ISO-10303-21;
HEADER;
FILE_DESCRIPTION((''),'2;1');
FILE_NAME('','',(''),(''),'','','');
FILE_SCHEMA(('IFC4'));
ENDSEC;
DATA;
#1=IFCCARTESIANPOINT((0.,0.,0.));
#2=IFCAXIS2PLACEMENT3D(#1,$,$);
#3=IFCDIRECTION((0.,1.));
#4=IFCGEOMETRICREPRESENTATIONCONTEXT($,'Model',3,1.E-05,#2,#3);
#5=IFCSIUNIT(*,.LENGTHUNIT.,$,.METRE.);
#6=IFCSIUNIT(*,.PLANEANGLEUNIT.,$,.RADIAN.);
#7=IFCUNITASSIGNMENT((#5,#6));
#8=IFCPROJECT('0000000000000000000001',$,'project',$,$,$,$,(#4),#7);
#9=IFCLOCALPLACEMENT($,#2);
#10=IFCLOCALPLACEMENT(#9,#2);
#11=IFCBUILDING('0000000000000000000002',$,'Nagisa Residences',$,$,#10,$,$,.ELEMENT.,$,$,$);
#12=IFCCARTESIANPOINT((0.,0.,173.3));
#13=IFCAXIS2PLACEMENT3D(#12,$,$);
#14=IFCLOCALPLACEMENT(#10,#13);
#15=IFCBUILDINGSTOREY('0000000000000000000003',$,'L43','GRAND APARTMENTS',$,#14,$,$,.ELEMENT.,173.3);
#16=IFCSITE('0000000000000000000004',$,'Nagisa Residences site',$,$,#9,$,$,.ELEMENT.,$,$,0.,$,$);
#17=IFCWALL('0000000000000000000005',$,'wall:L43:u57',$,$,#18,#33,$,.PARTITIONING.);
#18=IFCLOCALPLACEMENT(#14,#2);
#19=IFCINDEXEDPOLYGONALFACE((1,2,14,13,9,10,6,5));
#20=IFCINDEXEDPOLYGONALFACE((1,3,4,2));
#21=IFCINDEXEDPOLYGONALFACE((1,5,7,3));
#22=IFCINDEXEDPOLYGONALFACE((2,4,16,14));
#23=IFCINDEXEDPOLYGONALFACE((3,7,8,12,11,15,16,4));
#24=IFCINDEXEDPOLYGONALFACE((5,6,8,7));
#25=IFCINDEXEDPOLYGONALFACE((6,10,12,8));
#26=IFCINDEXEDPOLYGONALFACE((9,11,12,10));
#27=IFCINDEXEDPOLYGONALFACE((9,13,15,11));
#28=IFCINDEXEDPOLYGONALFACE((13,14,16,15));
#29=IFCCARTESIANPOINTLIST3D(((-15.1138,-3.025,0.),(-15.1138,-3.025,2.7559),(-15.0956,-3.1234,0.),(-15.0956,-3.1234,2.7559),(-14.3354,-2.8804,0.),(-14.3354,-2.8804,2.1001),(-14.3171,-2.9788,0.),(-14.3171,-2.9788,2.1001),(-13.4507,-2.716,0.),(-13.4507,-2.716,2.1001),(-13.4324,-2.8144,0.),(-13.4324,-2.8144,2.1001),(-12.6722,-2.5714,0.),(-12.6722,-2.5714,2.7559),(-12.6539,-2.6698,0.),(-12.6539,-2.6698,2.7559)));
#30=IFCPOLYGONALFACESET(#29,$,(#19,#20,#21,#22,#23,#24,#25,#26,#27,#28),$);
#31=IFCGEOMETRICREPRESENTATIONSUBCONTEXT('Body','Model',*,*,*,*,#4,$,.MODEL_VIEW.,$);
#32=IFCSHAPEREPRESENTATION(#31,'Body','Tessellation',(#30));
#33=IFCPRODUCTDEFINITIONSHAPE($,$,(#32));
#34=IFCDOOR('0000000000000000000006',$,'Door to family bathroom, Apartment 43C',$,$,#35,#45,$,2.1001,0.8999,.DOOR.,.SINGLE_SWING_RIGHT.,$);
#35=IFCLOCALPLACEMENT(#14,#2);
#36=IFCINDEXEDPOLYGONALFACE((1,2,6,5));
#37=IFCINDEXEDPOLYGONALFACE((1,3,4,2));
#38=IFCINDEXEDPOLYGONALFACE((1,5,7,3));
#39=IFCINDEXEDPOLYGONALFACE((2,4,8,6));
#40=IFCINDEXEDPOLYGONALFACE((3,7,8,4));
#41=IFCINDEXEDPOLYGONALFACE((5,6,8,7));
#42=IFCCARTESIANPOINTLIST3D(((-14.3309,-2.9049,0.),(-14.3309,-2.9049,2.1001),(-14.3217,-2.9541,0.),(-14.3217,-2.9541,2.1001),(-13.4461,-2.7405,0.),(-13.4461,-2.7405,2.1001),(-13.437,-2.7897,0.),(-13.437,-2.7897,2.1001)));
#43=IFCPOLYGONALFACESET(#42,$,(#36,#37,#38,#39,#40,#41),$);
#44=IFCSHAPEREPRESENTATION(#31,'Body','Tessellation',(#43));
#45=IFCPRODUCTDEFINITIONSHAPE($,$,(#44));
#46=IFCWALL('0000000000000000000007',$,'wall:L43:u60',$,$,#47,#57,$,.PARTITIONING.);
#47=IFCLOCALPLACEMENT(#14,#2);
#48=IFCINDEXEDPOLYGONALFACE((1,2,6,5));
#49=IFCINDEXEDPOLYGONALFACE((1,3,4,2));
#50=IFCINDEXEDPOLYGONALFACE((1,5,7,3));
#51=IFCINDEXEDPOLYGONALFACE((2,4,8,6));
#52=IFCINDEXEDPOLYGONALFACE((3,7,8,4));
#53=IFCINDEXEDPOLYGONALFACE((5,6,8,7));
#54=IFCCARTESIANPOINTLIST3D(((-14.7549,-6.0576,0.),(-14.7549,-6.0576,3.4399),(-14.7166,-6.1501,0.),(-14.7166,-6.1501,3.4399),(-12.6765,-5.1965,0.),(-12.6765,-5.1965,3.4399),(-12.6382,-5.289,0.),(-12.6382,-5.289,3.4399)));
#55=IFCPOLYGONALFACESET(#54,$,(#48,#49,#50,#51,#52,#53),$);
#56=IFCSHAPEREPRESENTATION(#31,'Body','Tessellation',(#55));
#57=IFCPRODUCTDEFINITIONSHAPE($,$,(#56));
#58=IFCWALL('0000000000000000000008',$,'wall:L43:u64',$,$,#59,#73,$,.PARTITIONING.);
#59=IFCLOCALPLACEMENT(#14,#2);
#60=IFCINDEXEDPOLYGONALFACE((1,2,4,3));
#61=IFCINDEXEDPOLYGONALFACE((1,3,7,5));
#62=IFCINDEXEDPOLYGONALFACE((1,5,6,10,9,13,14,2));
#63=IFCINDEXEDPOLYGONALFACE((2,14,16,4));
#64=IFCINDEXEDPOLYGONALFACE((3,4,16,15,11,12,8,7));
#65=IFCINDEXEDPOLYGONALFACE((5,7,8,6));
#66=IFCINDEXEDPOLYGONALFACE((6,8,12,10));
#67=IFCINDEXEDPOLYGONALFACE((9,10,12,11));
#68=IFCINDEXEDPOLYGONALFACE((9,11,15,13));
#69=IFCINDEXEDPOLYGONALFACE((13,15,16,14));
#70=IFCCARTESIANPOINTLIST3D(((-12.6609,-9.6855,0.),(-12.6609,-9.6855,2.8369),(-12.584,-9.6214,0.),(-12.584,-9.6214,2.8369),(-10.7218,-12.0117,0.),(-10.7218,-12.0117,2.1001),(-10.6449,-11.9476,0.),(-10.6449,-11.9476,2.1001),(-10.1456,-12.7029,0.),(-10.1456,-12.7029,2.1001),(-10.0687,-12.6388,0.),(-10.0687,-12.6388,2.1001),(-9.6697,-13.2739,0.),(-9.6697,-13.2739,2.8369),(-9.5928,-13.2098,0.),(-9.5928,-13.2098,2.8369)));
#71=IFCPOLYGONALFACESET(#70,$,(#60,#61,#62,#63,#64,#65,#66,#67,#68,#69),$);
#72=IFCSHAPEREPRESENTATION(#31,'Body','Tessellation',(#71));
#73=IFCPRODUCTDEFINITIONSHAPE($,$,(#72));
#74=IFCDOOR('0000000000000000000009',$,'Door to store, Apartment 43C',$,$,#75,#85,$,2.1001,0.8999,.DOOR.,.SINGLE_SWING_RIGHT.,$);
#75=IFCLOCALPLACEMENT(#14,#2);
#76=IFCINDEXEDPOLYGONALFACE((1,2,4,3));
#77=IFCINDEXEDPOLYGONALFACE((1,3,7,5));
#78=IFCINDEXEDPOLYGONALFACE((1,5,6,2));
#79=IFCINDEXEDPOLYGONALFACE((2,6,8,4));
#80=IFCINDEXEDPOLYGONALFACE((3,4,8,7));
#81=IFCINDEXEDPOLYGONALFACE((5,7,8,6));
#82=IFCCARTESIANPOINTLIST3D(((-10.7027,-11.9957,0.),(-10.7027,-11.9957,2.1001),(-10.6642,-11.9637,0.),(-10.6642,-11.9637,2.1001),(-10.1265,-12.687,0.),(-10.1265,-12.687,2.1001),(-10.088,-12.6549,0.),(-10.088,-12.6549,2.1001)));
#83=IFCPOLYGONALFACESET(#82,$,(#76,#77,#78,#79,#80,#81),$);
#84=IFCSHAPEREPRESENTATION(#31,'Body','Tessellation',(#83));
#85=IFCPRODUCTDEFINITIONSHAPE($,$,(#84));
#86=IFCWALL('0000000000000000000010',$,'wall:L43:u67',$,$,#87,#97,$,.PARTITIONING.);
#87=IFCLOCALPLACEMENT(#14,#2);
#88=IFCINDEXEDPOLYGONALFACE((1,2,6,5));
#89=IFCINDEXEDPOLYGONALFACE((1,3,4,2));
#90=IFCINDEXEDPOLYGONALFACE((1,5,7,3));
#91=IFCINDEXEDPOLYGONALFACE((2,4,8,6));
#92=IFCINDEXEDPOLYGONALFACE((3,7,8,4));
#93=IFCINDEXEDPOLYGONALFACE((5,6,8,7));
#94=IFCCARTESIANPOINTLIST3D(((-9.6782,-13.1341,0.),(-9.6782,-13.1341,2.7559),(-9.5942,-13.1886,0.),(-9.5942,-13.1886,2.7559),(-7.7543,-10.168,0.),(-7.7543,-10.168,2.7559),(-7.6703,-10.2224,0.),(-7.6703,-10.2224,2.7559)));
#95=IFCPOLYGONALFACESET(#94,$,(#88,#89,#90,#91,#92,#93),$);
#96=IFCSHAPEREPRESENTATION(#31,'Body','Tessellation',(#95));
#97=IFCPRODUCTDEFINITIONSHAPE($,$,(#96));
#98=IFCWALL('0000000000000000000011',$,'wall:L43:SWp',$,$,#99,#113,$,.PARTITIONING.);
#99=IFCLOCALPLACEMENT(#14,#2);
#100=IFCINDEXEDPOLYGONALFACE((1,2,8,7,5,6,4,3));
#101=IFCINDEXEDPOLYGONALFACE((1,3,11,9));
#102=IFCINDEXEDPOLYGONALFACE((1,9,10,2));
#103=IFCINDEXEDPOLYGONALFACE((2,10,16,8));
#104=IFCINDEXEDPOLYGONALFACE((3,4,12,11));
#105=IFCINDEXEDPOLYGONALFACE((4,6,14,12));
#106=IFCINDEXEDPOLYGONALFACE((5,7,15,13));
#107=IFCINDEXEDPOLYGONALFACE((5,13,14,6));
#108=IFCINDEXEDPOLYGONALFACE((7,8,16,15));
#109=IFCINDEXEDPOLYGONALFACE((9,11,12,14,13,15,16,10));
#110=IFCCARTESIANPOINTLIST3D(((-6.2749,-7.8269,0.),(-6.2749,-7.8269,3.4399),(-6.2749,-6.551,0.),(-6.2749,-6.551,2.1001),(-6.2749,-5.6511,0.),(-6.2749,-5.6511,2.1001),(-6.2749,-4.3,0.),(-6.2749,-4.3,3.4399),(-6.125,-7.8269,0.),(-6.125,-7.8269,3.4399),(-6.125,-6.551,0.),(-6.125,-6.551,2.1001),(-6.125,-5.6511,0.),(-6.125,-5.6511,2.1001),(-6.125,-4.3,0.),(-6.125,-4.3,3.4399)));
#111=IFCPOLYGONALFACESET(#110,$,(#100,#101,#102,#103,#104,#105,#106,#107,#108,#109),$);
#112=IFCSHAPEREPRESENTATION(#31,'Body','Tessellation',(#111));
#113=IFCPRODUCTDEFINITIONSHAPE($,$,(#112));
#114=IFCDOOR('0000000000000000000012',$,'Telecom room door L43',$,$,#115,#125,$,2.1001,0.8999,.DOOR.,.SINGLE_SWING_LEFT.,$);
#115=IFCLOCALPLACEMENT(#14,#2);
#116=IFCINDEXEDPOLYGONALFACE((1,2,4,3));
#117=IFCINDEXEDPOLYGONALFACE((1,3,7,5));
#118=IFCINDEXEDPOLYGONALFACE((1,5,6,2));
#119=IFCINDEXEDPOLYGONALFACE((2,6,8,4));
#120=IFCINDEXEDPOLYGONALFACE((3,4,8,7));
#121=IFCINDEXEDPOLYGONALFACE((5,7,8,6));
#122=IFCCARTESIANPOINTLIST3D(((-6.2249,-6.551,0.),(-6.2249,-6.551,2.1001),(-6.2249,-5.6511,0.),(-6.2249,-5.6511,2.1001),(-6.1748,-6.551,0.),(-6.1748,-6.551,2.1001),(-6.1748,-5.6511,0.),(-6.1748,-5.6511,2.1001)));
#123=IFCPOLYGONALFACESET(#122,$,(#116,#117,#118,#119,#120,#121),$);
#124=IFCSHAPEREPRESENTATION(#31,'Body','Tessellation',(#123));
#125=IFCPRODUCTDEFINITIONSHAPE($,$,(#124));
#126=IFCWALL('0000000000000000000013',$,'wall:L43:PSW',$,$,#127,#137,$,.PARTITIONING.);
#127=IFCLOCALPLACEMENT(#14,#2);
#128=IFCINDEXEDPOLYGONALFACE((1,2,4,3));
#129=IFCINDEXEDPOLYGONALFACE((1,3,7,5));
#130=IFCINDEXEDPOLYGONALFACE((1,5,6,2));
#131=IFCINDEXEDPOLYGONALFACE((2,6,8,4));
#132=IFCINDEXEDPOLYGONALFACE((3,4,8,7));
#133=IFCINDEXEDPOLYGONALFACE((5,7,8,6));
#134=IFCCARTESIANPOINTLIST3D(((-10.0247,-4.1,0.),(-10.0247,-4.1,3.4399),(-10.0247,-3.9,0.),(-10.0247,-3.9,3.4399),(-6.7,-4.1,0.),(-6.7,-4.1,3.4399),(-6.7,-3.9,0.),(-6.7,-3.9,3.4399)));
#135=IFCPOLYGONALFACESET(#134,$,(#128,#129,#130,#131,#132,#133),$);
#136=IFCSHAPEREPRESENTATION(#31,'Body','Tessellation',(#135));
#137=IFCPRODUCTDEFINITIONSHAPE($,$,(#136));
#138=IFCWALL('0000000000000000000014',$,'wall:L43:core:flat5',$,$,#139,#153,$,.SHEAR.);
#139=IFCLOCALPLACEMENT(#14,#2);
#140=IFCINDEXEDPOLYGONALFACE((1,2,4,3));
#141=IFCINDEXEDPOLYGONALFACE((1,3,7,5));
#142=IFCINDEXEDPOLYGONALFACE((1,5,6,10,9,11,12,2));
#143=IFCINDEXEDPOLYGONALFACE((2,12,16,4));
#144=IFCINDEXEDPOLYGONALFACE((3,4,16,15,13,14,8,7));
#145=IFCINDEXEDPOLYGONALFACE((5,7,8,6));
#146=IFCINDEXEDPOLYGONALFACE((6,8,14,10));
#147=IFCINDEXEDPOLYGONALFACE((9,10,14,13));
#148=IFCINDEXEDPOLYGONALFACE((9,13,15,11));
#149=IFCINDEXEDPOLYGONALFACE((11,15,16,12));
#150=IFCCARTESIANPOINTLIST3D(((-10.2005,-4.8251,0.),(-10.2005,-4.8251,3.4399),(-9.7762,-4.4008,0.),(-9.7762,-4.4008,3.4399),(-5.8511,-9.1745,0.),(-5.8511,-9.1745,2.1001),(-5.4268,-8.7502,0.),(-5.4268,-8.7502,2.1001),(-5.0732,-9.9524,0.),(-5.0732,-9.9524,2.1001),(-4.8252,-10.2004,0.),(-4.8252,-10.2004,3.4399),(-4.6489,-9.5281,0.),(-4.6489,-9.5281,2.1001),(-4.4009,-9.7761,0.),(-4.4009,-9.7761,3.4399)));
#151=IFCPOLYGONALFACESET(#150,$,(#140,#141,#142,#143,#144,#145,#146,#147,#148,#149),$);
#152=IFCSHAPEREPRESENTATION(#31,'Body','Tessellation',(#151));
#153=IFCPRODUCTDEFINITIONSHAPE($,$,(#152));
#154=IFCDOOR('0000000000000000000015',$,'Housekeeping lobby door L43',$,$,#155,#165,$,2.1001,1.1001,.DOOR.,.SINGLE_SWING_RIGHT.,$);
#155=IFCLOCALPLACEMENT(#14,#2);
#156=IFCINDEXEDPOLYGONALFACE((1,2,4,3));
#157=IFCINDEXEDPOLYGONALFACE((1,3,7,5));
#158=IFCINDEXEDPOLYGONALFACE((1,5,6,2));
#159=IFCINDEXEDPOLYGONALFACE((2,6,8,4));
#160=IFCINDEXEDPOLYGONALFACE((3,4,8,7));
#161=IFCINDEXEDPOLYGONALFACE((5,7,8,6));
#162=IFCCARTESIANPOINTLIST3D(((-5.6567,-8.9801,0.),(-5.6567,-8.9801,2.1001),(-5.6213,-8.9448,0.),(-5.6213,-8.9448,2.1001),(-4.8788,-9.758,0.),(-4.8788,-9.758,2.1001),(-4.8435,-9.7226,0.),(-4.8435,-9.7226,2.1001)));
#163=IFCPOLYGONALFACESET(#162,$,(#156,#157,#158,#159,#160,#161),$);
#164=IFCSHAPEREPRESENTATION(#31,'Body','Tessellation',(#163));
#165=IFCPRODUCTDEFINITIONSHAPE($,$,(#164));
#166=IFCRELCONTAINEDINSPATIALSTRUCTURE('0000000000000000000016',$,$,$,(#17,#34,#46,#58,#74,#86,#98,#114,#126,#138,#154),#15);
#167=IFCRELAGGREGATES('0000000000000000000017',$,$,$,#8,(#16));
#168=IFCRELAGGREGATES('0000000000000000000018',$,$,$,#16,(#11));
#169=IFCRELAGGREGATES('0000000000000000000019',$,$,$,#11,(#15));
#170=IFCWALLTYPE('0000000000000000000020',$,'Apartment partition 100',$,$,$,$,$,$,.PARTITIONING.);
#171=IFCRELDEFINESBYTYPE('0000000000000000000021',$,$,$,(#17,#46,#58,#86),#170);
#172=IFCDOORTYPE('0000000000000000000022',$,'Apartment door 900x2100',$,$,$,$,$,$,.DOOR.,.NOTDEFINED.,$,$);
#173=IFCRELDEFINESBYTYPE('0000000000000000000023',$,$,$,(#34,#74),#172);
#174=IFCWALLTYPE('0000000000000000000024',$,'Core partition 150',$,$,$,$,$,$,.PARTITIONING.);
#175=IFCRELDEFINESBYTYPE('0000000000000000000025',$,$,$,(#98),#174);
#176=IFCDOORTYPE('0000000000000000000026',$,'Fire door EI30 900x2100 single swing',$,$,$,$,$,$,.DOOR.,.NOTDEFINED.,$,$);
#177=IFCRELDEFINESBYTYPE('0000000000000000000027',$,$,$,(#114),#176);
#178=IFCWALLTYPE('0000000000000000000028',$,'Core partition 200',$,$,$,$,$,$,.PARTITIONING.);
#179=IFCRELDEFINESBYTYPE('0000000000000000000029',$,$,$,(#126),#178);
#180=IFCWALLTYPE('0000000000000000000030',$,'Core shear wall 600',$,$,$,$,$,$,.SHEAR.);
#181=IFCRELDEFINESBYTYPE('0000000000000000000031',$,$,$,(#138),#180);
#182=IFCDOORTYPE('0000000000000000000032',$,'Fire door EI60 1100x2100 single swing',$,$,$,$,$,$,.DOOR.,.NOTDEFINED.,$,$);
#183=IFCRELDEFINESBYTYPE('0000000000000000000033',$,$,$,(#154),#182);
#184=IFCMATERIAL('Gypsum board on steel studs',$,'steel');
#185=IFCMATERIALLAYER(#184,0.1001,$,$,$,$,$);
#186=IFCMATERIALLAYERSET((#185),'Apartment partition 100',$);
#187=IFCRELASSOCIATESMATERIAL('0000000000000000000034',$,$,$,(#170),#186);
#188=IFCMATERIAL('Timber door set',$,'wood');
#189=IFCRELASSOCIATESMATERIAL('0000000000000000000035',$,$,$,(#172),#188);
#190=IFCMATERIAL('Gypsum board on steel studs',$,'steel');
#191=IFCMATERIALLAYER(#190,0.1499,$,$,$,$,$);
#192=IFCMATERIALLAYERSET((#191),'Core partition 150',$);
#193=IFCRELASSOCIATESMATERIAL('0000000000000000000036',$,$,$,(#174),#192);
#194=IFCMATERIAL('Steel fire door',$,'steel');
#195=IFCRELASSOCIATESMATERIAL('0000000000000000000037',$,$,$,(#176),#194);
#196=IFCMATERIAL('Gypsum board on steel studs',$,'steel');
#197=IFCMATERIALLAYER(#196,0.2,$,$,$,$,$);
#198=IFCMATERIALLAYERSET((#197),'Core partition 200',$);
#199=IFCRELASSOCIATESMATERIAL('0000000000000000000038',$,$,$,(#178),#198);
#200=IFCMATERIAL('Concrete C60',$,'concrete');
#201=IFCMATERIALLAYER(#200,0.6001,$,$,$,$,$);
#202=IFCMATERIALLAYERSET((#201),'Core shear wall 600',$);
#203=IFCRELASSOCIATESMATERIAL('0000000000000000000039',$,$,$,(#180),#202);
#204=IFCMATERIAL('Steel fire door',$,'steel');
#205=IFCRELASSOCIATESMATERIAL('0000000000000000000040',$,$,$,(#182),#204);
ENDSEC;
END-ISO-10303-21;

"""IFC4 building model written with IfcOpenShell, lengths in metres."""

from ifc_helpers import new_model, si_unit, direction, frame, frame_2d, origin, place, context, subcontext, project, spatial, rectangle, extrude, material, layer, layer_set, type_object, element, fill, save


model = new_model("IFC4")

# Units and contexts
model_context = context("Model", 3, precision=1e-05, world=origin(), true_north=direction((0.0, 1.0)))
body_context = subcontext(model_context, "Body", "Model", "MODEL_VIEW")
ifc_project = project(units=[si_unit("LENGTHUNIT", "METRE"), si_unit("PLANEANGLEUNIT", "RADIAN")], contexts=[model_context])

# Site, building, storey
site_placement = place(None, origin())
site = spatial("IfcSite", under=ifc_project, at=site_placement, Name="Nagisa Residences site", CompositionType="ELEMENT", RefElevation=0.0)
building_placement = place(site_placement, origin())
building = spatial("IfcBuilding", under=site, at=building_placement, Name="Nagisa Residences", CompositionType="ELEMENT")
storey_placement = place(building_placement, frame((0.0, 0.0, 173.3)))
storey = spatial("IfcBuildingStorey", under=building, at=storey_placement, Name="L43", Description="GRAND APARTMENTS", CompositionType="ELEMENT", Elevation=173.3)

# Wall, opening, door
ifc_material_1 = material(Name="Gypsum board on steel studs", Category="steel")
ifc_layer_1 = layer(ifc_material_1, 0.1001)
ifc_layer_set_1 = layer_set([ifc_layer_1], Name="Apartment partition 100")
wall_type_1 = type_object("IfcWallType", Name="Apartment partition 100", PredefinedType="PARTITIONING", material=ifc_layer_set_1)
wall_1_placement = place(storey_placement, frame((-12.6631, -2.6206, 0.0), z_axis=(0.0, 0.0, 1.0), x_axis=(-0.983177, -0.182656, 0.0)))
wall_1 = element("IfcWall", 1, at=wall_1_placement, inside=storey, type_object=wall_type_1, Name="wall:L43:u57", PredefinedType="PARTITIONING", context=body_context, shape_type="SweptSolid", body=[
    extrude(rectangle(XDim=2.4834, YDim=0.1001, at=frame_2d((1.2417, 0.0))), origin(), (0.0, 0.0, 1.0), 2.7559),
])
opening_1_placement = place(wall_1_placement, frame((0.7917, 0.0, 0.0)))
opening_1 = element("IfcOpeningElement", 2, at=opening_1_placement, cuts=wall_1, PredefinedType="OPENING", context=body_context, shape_type="SweptSolid", body=[
    extrude(rectangle(XDim=0.8999, YDim=2.1001, at=frame_2d((0.45, 1.05))), frame((0.0, 0.0601, 0.0), z_axis=(0.0, -1.0, 0.0), x_axis=(1.0, 0.0, 0.0)), (0.0, 0.0, 1.0), 0.1201),
])
ifc_material_2 = material(Name="Timber door set", Category="wood")
door_type_1 = type_object("IfcDoorType", Name="Apartment door 900x2100", OperationType="NOTDEFINED", PredefinedType="DOOR", material=ifc_material_2)
door_1_placement = place(opening_1_placement, origin())
door_1 = element("IfcDoor", 3, at=door_1_placement, inside=storey, type_object=door_type_1, Name="Door to family bathroom, Apartment 43C", OperationType="SINGLE_SWING_RIGHT", OverallHeight=2.1001, OverallWidth=0.8999, PredefinedType="DOOR", context=body_context, shape_type="SweptSolid", body=[
    extrude(rectangle(XDim=0.8999, YDim=2.1001, at=frame_2d((0.45, 1.05))), frame((0.0, 0.0249, 0.0), z_axis=(0.0, -1.0, 0.0), x_axis=(1.0, 0.0, 0.0)), (0.0, 0.0, 1.0), 0.05),
])
fill(opening_1, door_1)

# Wall
wall_2_placement = place(storey_placement, frame((-12.6572, -5.2427, 0.0), z_axis=(0.0, 0.0, 1.0), x_axis=(-0.923849, -0.382758, 0.0)))
element("IfcWall", 4, at=wall_2_placement, inside=storey, type_object=wall_type_1, Name="wall:L43:u60", PredefinedType="PARTITIONING", context=body_context, shape_type="SweptSolid", body=[
    extrude(rectangle(XDim=2.2498, YDim=0.1001, at=frame_2d((1.125, 0.0))), origin(), (0.0, 0.0, 1.0), 3.4399),
])

# Wall, opening, door
wall_3_placement = place(storey_placement, frame((-12.6226, -9.6533, 0.0), z_axis=(0.0, 0.0, 1.0), x_axis=(0.640297, -0.768127, 0.0)))
wall_3 = element("IfcWall", 5, at=wall_3_placement, inside=storey, type_object=wall_type_1, Name="wall:L43:u64", PredefinedType="PARTITIONING", context=body_context, shape_type="SweptSolid", body=[
    extrude(rectangle(XDim=4.6716, YDim=0.1001, at=frame_2d((2.3359, 0.0))), origin(), (0.0, 0.0, 1.0), 2.8369),
])
opening_2_placement = place(wall_3_placement, frame((3.0286, 0.0, 0.0)))
opening_2 = element("IfcOpeningElement", 6, at=opening_2_placement, cuts=wall_3, PredefinedType="OPENING", context=body_context, shape_type="SweptSolid", body=[
    extrude(rectangle(XDim=0.8999, YDim=2.1001, at=frame_2d((0.45, 1.05))), frame((0.0, 0.0601, 0.0), z_axis=(0.0, -1.0, 0.0), x_axis=(1.0, 0.0, 0.0)), (0.0, 0.0, 1.0), 0.1201),
])
door_2_placement = place(opening_2_placement, origin())
door_2 = element("IfcDoor", 7, at=door_2_placement, inside=storey, type_object=door_type_1, Name="Door to store, Apartment 43C", OperationType="SINGLE_SWING_RIGHT", OverallHeight=2.1001, OverallWidth=0.8999, PredefinedType="DOOR", context=body_context, shape_type="SweptSolid", body=[
    extrude(rectangle(XDim=0.8999, YDim=2.1001, at=frame_2d((0.45, 1.05))), frame((0.0, 0.0249, 0.0), z_axis=(0.0, -1.0, 0.0), x_axis=(1.0, 0.0, 0.0)), (0.0, 0.0, 1.0), 0.05),
])
fill(opening_2, door_2)

# Wall
wall_4_placement = place(storey_placement, frame((-7.7124, -10.1953, 0.0), z_axis=(0.0, 0.0, 1.0), x_axis=(-0.54417, -0.838975, 0.0)))
element("IfcWall", 8, at=wall_4_placement, inside=storey, type_object=wall_type_1, Name="wall:L43:u67", PredefinedType="PARTITIONING", context=body_context, shape_type="SweptSolid", body=[
    extrude(rectangle(XDim=3.5354, YDim=0.1001, at=frame_2d((1.7676, 0.0))), origin(), (0.0, 0.0, 1.0), 2.7559),
])

# Wall, opening, door
ifc_material_3 = material(Name="Gypsum board on steel studs", Category="steel")
ifc_layer_2 = layer(ifc_material_3, 0.1499)
ifc_layer_set_2 = layer_set([ifc_layer_2], Name="Core partition 150")
wall_type_2 = type_object("IfcWallType", Name="Core partition 150", PredefinedType="PARTITIONING", material=ifc_layer_set_2)
wall_5_placement = place(storey_placement, frame((-6.2, -7.8269, 0.0), z_axis=(0.0, 0.0, 1.0), x_axis=(0.0, 1.0, 0.0)))
wall_5 = element("IfcWall", 9, at=wall_5_placement, inside=storey, type_object=wall_type_2, Name="wall:L43:SWp", PredefinedType="PARTITIONING", context=body_context, shape_type="SweptSolid", body=[
    extrude(rectangle(XDim=3.5269, YDim=0.1499, at=frame_2d((1.7634, 0.0))), origin(), (0.0, 0.0, 1.0), 3.4399),
])
opening_3_placement = place(wall_5_placement, frame((1.2759, 0.0, 0.0)))
opening_3 = element("IfcOpeningElement", 10, at=opening_3_placement, cuts=wall_5, PredefinedType="OPENING", context=body_context, shape_type="SweptSolid", body=[
    extrude(rectangle(XDim=0.8999, YDim=2.1001, at=frame_2d((0.45, 1.05))), frame((0.0, 0.085, 0.0), z_axis=(0.0, -1.0, 0.0), x_axis=(1.0, 0.0, 0.0)), (0.0, 0.0, 1.0), 0.1699),
])
ifc_material_4 = material(Name="Steel fire door", Category="steel")
door_type_2 = type_object("IfcDoorType", Name="Fire door EI30 900x2100 single swing", OperationType="NOTDEFINED", PredefinedType="DOOR", material=ifc_material_4)
door_3_placement = place(opening_3_placement, origin())
door_3 = element("IfcDoor", 11, at=door_3_placement, inside=storey, type_object=door_type_2, Name="Telecom room door L43", OperationType="SINGLE_SWING_LEFT", OverallHeight=2.1001, OverallWidth=0.8999, PredefinedType="DOOR", context=body_context, shape_type="SweptSolid", body=[
    extrude(rectangle(XDim=0.8999, YDim=2.1001, at=frame_2d((0.45, 1.05))), frame((0.0, 0.0249, 0.0), z_axis=(0.0, -1.0, 0.0), x_axis=(1.0, 0.0, 0.0)), (0.0, 0.0, 1.0), 0.05),
])
fill(opening_3, door_3)

# Wall
ifc_material_5 = material(Name="Gypsum board on steel studs", Category="steel")
ifc_layer_3 = layer(ifc_material_5, 0.2)
ifc_layer_set_3 = layer_set([ifc_layer_3], Name="Core partition 200")
wall_type_3 = type_object("IfcWallType", Name="Core partition 200", PredefinedType="PARTITIONING", material=ifc_layer_set_3)
wall_6_placement = place(storey_placement, frame((-10.0247, -4.0, 0.0), z_axis=(0.0, 0.0, 1.0), x_axis=(1.0, 0.0, 0.0)))
element("IfcWall", 12, at=wall_6_placement, inside=storey, type_object=wall_type_3, Name="wall:L43:PSW", PredefinedType="PARTITIONING", context=body_context, shape_type="SweptSolid", body=[
    extrude(rectangle(XDim=3.3247, YDim=0.2, at=frame_2d((1.6624, 0.0))), origin(), (0.0, 0.0, 1.0), 3.4399),
])

# Wall, opening, door
ifc_material_6 = material(Name="Concrete C60", Category="concrete")
ifc_layer_4 = layer(ifc_material_6, 0.6001)
ifc_layer_set_4 = layer_set([ifc_layer_4], Name="Core shear wall 600")
wall_type_4 = type_object("IfcWallType", Name="Core shear wall 600", PredefinedType="SHEAR", material=ifc_layer_set_4)
wall_7_placement = place(storey_placement, frame((-9.9883, -4.613, 0.0), z_axis=(0.0, 0.0, 1.0), x_axis=(0.707107, -0.707107, 0.0)))
wall_7 = element("IfcWall", 13, at=wall_7_placement, inside=storey, type_object=wall_type_4, Name="wall:L43:core:flat5", PredefinedType="SHEAR", context=body_context, shape_type="SweptSolid", body=[
    extrude(rectangle(XDim=7.6018, YDim=0.6001, at=frame_2d((3.8008, 0.0))), origin(), (0.0, 0.0, 1.0), 3.4399),
])
opening_4_placement = place(wall_7_placement, frame((6.1509, 0.0, 0.0)))
opening_4 = element("IfcOpeningElement", 14, at=opening_4_placement, cuts=wall_7, PredefinedType="OPENING", context=body_context, shape_type="SweptSolid", body=[
    extrude(rectangle(XDim=1.1001, YDim=2.1001, at=frame_2d((0.55, 1.05))), frame((0.0, 0.3101, 0.0), z_axis=(0.0, -1.0, 0.0), x_axis=(1.0, 0.0, 0.0)), (0.0, 0.0, 1.0), 0.6201),
])
ifc_material_7 = material(Name="Steel fire door", Category="steel")
door_type_3 = type_object("IfcDoorType", Name="Fire door EI60 1100x2100 single swing", OperationType="NOTDEFINED", PredefinedType="DOOR", material=ifc_material_7)
door_4_placement = place(opening_4_placement, origin())
door_4 = element("IfcDoor", 15, at=door_4_placement, inside=storey, type_object=door_type_3, Name="Housekeeping lobby door L43", OperationType="SINGLE_SWING_RIGHT", OverallHeight=2.1001, OverallWidth=1.1001, PredefinedType="DOOR", context=body_context, shape_type="SweptSolid", body=[
    extrude(rectangle(XDim=1.1001, YDim=2.1001, at=frame_2d((0.55, 1.05))), frame((0.0, 0.0249, 0.0), z_axis=(0.0, -1.0, 0.0), x_axis=(1.0, 0.0, 0.0)), (0.0, 0.0, 1.0), 0.05),
])
fill(opening_4, door_4)

save(model, "model.ifc")
